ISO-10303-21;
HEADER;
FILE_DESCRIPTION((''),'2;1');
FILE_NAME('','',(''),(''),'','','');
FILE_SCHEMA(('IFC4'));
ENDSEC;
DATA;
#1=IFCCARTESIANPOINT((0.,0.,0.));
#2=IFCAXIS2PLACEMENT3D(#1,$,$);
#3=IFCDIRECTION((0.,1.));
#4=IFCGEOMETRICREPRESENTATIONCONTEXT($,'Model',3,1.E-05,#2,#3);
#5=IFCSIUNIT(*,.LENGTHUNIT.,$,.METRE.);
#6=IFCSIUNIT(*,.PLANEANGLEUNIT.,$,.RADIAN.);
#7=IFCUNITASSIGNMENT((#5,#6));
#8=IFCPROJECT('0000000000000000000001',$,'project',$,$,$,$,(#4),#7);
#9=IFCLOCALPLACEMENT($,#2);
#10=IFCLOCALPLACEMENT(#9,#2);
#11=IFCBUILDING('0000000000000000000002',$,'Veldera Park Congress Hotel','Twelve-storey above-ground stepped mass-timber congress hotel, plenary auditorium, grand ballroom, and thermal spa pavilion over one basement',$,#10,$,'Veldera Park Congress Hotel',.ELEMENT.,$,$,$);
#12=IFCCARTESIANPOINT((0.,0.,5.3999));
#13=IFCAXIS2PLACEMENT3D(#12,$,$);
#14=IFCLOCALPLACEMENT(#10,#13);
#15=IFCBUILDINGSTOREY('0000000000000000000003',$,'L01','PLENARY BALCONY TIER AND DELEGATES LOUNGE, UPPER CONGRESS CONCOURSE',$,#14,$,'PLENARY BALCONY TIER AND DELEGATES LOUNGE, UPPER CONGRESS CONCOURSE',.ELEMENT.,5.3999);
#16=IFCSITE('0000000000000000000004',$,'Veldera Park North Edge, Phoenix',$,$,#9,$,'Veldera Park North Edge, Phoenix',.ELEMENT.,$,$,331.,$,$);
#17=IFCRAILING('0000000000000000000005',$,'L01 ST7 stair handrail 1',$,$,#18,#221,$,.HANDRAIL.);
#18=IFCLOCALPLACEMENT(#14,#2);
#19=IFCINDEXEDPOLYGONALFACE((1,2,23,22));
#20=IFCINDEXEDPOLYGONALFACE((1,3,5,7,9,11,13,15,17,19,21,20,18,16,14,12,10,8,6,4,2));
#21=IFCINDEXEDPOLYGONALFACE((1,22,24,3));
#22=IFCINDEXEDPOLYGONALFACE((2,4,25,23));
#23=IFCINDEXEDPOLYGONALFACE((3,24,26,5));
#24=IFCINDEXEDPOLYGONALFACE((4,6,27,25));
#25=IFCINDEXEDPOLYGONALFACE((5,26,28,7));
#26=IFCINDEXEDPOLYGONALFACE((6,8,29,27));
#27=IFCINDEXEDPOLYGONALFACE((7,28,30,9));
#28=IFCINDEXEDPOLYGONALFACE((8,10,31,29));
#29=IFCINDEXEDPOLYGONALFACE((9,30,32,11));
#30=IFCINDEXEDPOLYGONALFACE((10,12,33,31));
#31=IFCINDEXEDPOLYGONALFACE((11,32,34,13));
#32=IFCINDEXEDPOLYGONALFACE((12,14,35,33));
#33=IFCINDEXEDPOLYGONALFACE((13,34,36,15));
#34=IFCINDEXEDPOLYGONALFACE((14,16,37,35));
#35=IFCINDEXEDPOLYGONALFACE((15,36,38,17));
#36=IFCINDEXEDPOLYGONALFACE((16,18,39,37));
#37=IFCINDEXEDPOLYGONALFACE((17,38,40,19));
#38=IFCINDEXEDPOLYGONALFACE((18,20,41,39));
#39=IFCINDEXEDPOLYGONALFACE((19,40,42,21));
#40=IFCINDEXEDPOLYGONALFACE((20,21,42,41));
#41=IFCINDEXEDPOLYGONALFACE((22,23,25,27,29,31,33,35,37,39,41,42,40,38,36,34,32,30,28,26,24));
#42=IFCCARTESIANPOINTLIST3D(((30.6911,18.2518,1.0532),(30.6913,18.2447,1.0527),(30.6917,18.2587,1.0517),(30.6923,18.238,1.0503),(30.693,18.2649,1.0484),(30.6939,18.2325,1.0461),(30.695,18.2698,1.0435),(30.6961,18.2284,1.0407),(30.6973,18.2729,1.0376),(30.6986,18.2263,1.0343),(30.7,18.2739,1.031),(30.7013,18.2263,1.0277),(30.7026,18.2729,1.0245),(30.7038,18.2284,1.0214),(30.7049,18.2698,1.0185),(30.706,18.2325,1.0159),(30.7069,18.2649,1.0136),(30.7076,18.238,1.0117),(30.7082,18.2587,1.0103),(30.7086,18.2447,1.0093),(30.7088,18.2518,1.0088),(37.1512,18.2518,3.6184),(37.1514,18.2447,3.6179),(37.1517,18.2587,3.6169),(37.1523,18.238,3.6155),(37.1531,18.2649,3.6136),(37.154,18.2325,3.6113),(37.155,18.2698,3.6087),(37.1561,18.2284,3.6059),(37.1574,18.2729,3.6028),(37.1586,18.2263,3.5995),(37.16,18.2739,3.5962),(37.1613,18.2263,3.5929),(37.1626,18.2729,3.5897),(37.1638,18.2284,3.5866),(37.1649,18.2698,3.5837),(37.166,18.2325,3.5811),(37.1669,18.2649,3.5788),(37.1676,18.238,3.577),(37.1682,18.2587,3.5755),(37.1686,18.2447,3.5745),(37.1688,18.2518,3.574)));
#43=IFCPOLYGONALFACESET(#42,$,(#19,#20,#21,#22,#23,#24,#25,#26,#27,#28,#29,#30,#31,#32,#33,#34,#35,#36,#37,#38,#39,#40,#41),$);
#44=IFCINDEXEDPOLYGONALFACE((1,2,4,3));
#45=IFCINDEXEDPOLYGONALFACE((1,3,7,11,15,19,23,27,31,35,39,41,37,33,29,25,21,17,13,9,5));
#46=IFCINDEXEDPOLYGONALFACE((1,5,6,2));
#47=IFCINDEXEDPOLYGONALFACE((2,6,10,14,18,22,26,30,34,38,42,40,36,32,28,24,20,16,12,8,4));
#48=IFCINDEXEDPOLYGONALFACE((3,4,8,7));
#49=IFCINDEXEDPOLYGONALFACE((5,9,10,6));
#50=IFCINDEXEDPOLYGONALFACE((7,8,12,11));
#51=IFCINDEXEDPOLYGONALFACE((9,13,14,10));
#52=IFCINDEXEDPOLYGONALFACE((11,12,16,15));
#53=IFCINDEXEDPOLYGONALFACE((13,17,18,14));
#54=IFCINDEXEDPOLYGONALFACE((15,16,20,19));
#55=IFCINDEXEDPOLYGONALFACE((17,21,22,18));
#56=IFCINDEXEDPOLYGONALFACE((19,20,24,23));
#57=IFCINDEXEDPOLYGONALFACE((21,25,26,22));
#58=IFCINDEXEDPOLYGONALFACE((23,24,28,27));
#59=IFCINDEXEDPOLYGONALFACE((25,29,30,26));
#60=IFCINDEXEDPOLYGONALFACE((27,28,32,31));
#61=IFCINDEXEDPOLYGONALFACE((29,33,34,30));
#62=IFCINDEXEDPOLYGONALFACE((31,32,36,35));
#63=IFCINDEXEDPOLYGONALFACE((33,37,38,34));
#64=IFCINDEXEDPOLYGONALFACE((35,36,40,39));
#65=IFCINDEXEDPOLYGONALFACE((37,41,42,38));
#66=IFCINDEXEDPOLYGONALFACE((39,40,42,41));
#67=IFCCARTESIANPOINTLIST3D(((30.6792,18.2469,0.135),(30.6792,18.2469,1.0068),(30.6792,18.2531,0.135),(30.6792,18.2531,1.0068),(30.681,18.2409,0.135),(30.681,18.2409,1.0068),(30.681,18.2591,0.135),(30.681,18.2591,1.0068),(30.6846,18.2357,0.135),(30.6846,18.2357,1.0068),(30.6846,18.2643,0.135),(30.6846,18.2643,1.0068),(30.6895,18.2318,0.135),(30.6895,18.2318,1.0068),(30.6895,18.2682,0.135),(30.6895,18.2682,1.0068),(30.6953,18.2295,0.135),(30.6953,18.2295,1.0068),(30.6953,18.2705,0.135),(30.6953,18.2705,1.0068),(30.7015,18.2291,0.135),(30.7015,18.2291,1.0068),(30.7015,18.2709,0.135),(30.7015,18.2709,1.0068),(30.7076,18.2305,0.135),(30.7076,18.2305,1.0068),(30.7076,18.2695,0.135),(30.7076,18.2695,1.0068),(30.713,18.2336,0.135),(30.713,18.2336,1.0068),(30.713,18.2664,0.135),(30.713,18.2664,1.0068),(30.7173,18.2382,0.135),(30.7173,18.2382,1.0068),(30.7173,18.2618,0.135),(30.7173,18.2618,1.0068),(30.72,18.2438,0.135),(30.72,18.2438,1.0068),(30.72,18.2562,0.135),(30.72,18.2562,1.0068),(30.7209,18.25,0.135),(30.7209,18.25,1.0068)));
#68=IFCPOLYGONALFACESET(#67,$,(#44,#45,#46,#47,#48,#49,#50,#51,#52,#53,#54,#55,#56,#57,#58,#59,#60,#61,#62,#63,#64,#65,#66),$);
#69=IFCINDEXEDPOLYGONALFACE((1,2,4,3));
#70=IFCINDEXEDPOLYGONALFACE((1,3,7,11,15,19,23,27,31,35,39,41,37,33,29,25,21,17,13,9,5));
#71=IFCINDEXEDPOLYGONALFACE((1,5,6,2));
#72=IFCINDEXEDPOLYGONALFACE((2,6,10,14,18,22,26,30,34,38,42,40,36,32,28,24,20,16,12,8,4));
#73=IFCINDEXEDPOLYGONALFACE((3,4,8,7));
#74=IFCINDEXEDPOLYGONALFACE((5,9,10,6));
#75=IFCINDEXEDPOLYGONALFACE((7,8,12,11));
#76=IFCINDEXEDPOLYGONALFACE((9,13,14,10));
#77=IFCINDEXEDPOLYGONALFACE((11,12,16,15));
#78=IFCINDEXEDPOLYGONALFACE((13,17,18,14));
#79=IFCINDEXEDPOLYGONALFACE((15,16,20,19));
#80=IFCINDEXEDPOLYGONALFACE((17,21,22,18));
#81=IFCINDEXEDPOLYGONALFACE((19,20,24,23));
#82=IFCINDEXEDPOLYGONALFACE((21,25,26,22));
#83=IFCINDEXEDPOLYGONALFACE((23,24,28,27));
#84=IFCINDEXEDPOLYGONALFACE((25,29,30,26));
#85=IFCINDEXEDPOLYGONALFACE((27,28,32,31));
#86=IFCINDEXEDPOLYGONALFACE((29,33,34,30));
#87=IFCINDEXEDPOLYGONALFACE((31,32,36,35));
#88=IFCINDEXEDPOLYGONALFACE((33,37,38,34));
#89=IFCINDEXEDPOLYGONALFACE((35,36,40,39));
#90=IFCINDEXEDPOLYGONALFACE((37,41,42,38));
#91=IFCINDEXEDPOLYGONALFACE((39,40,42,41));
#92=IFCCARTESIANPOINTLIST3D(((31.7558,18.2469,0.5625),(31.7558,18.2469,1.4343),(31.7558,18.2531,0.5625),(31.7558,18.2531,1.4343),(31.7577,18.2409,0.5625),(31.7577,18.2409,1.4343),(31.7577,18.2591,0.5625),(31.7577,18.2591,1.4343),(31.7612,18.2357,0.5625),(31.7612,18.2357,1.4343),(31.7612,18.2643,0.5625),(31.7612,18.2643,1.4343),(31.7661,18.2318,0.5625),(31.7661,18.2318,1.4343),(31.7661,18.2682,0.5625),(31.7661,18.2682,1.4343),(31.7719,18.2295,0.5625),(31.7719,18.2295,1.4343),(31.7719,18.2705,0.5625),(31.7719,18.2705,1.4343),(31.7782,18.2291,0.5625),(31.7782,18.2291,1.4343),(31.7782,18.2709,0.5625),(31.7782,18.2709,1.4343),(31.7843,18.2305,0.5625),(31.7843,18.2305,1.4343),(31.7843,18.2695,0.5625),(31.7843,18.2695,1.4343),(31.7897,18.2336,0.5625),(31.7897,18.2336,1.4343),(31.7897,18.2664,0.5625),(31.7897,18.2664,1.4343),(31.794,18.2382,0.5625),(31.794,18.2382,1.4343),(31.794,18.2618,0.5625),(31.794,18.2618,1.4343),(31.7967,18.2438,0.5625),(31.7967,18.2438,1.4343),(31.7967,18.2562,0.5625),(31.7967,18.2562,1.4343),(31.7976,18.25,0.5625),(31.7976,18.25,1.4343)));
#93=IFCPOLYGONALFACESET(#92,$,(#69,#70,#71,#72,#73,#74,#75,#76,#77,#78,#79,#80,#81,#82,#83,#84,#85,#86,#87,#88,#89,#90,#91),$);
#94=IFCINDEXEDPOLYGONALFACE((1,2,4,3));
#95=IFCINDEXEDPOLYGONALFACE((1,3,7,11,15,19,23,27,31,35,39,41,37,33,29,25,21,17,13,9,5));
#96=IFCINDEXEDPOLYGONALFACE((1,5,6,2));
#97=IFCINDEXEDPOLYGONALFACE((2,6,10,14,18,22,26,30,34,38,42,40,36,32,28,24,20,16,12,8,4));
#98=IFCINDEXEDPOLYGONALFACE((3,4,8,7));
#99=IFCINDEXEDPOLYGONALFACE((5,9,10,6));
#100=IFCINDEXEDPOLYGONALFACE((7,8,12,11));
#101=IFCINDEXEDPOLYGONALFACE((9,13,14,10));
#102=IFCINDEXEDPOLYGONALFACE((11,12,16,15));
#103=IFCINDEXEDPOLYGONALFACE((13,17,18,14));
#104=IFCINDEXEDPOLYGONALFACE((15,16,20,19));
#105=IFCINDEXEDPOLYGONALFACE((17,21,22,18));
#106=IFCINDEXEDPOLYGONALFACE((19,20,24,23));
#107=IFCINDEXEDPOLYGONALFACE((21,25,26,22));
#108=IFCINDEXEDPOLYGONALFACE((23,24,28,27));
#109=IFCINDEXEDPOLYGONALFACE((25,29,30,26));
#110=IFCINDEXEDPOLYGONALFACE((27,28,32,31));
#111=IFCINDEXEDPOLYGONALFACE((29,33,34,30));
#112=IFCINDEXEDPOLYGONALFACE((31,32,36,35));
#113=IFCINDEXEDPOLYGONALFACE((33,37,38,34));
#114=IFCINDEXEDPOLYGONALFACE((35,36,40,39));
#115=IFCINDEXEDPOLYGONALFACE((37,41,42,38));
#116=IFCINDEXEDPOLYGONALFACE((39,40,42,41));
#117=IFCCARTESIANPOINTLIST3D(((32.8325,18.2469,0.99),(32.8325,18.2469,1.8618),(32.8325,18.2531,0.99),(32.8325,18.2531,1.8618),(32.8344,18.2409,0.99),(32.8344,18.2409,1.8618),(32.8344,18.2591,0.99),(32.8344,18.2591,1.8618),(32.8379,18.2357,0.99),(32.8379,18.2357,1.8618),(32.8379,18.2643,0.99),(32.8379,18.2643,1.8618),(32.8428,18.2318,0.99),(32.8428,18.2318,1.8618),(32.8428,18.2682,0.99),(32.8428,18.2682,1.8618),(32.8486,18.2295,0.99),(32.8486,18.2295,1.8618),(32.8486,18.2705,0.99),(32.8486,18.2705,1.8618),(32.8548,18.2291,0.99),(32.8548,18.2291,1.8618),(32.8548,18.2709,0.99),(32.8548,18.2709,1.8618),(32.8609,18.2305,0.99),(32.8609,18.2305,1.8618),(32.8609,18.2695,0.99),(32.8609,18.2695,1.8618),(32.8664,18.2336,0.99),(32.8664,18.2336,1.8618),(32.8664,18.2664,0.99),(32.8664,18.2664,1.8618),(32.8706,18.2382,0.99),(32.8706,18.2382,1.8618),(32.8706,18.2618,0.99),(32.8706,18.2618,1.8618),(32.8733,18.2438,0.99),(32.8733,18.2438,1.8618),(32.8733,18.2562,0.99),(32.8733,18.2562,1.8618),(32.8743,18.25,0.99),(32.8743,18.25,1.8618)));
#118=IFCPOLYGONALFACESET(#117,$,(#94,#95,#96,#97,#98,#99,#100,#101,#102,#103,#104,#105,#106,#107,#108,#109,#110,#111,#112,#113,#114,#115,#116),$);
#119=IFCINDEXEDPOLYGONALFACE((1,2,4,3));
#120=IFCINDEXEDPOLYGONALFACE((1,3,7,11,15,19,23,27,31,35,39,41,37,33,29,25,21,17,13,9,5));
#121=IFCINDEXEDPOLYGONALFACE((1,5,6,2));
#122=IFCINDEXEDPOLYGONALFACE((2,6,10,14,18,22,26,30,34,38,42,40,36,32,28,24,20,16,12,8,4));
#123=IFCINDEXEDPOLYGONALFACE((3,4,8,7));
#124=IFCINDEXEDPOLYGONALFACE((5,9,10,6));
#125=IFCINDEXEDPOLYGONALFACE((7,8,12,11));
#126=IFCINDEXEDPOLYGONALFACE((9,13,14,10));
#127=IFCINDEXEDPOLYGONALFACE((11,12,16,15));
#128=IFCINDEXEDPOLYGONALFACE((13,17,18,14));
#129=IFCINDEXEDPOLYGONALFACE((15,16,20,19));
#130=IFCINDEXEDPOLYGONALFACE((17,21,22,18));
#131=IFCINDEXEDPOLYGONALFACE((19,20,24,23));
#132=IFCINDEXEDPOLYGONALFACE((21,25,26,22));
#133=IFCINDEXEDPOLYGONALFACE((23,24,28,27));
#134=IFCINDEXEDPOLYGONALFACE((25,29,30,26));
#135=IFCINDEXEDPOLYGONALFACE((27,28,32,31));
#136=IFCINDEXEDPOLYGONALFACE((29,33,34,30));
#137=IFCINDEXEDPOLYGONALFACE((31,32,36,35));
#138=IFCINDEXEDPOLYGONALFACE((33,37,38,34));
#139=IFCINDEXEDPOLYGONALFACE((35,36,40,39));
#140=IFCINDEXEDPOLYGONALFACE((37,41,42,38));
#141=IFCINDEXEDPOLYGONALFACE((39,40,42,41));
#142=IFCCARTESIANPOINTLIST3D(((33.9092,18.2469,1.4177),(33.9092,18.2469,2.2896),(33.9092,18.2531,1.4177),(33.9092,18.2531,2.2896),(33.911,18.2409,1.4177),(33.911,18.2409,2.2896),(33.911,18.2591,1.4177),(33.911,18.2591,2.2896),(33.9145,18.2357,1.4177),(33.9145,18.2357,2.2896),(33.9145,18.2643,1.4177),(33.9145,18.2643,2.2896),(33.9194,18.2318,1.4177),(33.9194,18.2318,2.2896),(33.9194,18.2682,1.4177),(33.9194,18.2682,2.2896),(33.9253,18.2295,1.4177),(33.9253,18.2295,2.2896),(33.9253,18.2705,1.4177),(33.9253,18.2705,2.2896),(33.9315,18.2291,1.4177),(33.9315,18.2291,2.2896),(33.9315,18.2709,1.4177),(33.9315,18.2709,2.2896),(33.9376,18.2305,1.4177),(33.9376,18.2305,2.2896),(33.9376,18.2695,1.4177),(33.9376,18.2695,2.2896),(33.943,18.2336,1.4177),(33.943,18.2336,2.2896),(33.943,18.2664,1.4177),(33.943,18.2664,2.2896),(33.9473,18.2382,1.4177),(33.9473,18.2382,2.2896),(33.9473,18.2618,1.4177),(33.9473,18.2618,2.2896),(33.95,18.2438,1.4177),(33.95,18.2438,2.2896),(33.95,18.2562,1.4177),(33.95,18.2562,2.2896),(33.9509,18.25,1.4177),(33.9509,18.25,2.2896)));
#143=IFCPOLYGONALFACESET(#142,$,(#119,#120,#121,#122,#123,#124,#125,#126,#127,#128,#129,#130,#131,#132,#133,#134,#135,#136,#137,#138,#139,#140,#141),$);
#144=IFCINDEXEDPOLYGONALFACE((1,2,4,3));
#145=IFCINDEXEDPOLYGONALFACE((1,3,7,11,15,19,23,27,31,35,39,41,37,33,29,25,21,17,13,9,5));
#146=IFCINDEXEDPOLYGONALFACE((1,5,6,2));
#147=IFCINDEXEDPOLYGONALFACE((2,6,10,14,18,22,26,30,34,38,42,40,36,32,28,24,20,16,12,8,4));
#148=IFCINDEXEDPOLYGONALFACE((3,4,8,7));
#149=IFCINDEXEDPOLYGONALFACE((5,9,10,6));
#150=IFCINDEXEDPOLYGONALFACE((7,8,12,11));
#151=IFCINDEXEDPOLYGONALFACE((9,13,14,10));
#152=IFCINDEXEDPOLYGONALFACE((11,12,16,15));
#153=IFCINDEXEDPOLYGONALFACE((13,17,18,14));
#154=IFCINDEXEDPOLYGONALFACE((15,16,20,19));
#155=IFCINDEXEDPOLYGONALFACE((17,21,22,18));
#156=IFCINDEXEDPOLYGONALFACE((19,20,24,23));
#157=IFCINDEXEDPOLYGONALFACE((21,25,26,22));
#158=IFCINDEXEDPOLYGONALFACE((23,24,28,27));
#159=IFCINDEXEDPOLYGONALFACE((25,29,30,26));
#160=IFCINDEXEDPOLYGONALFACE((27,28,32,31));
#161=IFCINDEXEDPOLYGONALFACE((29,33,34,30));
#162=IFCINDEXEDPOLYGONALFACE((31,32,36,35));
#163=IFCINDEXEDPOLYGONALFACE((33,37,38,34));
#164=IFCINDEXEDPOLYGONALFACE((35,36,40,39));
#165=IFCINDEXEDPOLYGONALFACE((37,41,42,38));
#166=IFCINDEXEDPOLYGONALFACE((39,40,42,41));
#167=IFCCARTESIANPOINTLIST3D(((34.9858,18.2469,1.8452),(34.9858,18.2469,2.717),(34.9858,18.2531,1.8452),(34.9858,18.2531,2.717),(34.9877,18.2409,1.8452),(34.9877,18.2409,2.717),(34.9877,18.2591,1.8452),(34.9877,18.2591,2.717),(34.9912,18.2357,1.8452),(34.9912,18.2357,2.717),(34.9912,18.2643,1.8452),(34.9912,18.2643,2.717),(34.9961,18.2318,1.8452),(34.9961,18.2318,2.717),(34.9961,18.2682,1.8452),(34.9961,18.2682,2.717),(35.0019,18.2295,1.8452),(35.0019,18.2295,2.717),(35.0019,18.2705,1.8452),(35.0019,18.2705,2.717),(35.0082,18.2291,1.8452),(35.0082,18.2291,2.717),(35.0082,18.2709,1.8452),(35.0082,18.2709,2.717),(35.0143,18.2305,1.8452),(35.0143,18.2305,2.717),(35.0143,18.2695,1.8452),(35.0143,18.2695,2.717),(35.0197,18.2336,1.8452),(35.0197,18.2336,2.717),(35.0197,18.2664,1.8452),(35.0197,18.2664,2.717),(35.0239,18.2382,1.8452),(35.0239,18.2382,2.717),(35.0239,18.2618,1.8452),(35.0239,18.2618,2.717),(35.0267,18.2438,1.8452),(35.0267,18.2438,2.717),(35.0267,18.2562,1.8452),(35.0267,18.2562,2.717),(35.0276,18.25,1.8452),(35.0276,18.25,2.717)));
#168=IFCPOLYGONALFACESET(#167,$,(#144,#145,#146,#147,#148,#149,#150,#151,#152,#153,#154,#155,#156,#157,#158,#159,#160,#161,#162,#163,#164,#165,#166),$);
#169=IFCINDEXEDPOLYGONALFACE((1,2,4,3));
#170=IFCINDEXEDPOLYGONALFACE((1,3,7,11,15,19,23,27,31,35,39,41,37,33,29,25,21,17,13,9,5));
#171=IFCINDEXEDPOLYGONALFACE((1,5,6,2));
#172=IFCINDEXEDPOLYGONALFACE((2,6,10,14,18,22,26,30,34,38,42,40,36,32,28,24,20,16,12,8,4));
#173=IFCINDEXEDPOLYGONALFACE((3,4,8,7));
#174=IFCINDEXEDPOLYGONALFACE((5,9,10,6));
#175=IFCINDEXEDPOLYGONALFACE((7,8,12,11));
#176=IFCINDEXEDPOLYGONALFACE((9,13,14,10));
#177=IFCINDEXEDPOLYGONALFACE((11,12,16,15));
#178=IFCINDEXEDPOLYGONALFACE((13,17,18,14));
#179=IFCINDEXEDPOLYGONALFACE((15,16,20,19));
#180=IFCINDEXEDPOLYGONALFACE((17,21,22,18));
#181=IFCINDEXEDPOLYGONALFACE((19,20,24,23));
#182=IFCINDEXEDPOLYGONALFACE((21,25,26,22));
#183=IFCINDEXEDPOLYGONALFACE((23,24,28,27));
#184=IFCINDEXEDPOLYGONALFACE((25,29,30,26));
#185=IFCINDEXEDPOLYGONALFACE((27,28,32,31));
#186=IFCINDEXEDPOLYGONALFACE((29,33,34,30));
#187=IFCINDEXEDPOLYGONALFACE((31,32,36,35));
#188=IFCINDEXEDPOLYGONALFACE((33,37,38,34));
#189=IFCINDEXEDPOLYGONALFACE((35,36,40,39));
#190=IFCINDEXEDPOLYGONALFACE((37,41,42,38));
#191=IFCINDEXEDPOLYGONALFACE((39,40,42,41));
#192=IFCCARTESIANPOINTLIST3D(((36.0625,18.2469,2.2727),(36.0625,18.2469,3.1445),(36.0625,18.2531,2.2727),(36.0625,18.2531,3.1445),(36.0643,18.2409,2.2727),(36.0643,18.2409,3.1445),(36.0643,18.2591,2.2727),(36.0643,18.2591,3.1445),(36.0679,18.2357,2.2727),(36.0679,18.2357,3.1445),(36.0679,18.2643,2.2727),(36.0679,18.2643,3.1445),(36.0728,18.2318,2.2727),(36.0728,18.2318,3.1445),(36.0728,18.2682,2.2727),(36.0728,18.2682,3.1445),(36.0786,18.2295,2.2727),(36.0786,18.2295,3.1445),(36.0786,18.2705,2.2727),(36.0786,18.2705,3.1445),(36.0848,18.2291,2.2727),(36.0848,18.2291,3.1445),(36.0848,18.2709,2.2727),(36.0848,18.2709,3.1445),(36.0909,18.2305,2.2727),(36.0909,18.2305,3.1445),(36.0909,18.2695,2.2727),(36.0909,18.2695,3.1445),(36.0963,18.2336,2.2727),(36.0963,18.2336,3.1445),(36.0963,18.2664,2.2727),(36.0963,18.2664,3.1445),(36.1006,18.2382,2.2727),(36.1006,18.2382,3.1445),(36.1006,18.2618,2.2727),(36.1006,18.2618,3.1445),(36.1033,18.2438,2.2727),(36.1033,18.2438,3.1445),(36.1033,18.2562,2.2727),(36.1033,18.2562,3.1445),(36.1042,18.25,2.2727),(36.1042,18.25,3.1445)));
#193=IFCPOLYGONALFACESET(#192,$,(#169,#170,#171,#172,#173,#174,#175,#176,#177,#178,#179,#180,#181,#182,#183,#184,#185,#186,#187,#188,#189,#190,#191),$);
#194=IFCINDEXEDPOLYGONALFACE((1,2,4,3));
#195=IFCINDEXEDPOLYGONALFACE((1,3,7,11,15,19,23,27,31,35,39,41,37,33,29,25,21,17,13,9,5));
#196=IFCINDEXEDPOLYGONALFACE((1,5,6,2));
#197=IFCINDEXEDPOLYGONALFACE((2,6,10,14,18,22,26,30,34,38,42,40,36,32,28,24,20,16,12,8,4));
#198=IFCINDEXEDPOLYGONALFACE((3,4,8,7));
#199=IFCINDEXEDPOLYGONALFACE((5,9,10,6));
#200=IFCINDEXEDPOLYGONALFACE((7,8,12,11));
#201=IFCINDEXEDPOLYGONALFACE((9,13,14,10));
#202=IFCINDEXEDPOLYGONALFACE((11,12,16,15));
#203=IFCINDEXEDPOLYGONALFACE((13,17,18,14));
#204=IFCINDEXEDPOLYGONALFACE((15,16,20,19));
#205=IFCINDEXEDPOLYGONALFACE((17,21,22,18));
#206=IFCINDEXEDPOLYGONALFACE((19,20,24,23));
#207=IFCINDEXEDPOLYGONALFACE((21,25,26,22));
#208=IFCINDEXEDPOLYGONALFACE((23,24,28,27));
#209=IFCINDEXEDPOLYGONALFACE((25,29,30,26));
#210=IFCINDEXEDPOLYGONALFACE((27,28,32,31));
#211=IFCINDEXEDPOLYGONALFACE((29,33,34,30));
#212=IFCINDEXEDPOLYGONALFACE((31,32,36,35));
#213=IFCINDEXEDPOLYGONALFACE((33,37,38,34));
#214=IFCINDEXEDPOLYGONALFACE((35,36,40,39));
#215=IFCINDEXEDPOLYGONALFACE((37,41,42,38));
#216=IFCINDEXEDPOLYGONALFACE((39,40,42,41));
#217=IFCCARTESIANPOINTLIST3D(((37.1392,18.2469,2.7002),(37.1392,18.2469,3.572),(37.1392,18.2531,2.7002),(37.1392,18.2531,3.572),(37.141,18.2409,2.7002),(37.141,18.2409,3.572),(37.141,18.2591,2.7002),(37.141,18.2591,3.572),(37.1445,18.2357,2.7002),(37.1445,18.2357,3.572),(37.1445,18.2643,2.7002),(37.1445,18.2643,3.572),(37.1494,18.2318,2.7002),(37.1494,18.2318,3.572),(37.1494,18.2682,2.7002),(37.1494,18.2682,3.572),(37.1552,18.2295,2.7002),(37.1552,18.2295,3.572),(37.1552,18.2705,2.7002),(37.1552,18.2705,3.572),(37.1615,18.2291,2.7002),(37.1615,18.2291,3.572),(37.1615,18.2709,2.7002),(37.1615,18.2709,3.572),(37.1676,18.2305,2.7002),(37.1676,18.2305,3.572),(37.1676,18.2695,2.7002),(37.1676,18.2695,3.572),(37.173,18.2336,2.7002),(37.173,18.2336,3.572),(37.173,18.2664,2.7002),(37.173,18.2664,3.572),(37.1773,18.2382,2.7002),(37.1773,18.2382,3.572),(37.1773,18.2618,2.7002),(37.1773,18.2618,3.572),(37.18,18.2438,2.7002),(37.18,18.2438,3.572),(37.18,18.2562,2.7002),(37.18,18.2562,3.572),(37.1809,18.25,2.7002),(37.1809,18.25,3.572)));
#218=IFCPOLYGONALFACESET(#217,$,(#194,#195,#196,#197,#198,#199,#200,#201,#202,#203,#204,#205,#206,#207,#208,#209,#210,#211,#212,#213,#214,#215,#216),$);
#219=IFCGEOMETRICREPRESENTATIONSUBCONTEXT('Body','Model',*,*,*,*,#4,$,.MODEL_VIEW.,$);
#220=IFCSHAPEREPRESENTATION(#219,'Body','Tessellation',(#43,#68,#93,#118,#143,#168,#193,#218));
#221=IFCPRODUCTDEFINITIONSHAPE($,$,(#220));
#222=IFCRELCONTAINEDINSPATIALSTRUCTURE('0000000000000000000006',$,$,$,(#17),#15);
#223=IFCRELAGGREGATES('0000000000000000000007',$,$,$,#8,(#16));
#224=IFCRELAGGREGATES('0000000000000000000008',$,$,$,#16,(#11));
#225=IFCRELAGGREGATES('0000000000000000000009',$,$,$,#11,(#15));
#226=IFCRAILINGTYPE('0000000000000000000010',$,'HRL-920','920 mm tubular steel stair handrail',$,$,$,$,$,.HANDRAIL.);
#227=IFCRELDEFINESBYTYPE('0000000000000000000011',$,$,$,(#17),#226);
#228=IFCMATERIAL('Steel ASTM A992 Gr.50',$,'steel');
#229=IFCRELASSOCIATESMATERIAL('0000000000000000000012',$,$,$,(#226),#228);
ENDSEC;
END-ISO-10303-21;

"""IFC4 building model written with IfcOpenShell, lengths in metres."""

from ifc_helpers import new_model, si_unit, direction, frame, origin, origin_2d, place, context, subcontext, project, spatial, circle, extrude, material, type_object, element, save


model = new_model("IFC4")

# Units and contexts
model_context = context("Model", 3, precision=1e-05, world=origin(), true_north=direction((0.0, 1.0)))
body_context = subcontext(model_context, "Body", "Model", "MODEL_VIEW")
ifc_project = project(units=[si_unit("LENGTHUNIT", "METRE"), si_unit("PLANEANGLEUNIT", "RADIAN")], contexts=[model_context])

# Site, building, storey
site_placement = place(None, origin())
site = spatial("IfcSite", under=ifc_project, at=site_placement, Name="Veldera Park North Edge, Phoenix", LongName="Veldera Park North Edge, Phoenix", CompositionType="ELEMENT", RefElevation=331.0)
building_placement = place(site_placement, origin())
building = spatial("IfcBuilding", under=site, at=building_placement, Name="Veldera Park Congress Hotel", Description="Twelve-storey above-ground stepped mass-timber congress hotel, plenary auditorium, grand ballroom, and thermal spa pavilion over one basement", LongName="Veldera Park Congress Hotel", CompositionType="ELEMENT")
storey_placement = place(building_placement, frame((0.0, 0.0, 5.3999)))
storey = spatial("IfcBuildingStorey", under=building, at=storey_placement, Name="L01", Description="PLENARY BALCONY TIER AND DELEGATES LOUNGE, UPPER CONGRESS CONCOURSE", LongName="PLENARY BALCONY TIER AND DELEGATES LOUNGE, UPPER CONGRESS CONCOURSE", CompositionType="ELEMENT", Elevation=5.3999)

# Shared definitions
ifc_material_1 = material(Name="Steel ASTM A992 Gr.50", Category="steel")

# Railing
railing_type = type_object("IfcRailingType", Name="HRL-920", Description="920 mm tubular steel stair handrail", PredefinedType="HANDRAIL", material=ifc_material_1)
railing_placement = place(storey_placement, frame((30.7, 18.25, 0.135)))
element("IfcRailing", 1, at=railing_placement, inside=storey, type_object=railing_type, Name="L01 ST7 stair handrail 1", PredefinedType="HANDRAIL", context=body_context, shape_type="SweptSolid", body=[
    extrude(circle(Radius=0.0239, at=origin_2d()), frame((0.0, 0.0, 0.896), z_axis=(0.929406, 0.0, 0.369058), x_axis=(0.0, 1.0, 0.0)), (0.0, 0.0, 1.0), 6.9507),
    extrude(circle(Radius=0.021, at=origin_2d()), origin(), (0.0, 0.0, 1.0), 0.8718),
    extrude(circle(Radius=0.021, at=origin_2d()), frame((1.0767, 0.0, 0.4275)), (0.0, 0.0, 1.0), 0.8718),
    extrude(circle(Radius=0.021, at=origin_2d()), frame((2.1533, 0.0, 0.855)), (0.0, 0.0, 1.0), 0.8718),
    extrude(circle(Radius=0.021, at=origin_2d()), frame((3.23, 0.0, 1.2827)), (0.0, 0.0, 1.0), 0.8718),
    extrude(circle(Radius=0.021, at=origin_2d()), frame((4.3066, 0.0, 1.7102)), (0.0, 0.0, 1.0), 0.8718),
    extrude(circle(Radius=0.021, at=origin_2d()), frame((5.3833, 0.0, 2.1377)), (0.0, 0.0, 1.0), 0.8718),
    extrude(circle(Radius=0.021, at=origin_2d()), frame((6.46, 0.0, 2.5652)), (0.0, 0.0, 1.0), 0.8718),
])

save(model, "model.ifc")
